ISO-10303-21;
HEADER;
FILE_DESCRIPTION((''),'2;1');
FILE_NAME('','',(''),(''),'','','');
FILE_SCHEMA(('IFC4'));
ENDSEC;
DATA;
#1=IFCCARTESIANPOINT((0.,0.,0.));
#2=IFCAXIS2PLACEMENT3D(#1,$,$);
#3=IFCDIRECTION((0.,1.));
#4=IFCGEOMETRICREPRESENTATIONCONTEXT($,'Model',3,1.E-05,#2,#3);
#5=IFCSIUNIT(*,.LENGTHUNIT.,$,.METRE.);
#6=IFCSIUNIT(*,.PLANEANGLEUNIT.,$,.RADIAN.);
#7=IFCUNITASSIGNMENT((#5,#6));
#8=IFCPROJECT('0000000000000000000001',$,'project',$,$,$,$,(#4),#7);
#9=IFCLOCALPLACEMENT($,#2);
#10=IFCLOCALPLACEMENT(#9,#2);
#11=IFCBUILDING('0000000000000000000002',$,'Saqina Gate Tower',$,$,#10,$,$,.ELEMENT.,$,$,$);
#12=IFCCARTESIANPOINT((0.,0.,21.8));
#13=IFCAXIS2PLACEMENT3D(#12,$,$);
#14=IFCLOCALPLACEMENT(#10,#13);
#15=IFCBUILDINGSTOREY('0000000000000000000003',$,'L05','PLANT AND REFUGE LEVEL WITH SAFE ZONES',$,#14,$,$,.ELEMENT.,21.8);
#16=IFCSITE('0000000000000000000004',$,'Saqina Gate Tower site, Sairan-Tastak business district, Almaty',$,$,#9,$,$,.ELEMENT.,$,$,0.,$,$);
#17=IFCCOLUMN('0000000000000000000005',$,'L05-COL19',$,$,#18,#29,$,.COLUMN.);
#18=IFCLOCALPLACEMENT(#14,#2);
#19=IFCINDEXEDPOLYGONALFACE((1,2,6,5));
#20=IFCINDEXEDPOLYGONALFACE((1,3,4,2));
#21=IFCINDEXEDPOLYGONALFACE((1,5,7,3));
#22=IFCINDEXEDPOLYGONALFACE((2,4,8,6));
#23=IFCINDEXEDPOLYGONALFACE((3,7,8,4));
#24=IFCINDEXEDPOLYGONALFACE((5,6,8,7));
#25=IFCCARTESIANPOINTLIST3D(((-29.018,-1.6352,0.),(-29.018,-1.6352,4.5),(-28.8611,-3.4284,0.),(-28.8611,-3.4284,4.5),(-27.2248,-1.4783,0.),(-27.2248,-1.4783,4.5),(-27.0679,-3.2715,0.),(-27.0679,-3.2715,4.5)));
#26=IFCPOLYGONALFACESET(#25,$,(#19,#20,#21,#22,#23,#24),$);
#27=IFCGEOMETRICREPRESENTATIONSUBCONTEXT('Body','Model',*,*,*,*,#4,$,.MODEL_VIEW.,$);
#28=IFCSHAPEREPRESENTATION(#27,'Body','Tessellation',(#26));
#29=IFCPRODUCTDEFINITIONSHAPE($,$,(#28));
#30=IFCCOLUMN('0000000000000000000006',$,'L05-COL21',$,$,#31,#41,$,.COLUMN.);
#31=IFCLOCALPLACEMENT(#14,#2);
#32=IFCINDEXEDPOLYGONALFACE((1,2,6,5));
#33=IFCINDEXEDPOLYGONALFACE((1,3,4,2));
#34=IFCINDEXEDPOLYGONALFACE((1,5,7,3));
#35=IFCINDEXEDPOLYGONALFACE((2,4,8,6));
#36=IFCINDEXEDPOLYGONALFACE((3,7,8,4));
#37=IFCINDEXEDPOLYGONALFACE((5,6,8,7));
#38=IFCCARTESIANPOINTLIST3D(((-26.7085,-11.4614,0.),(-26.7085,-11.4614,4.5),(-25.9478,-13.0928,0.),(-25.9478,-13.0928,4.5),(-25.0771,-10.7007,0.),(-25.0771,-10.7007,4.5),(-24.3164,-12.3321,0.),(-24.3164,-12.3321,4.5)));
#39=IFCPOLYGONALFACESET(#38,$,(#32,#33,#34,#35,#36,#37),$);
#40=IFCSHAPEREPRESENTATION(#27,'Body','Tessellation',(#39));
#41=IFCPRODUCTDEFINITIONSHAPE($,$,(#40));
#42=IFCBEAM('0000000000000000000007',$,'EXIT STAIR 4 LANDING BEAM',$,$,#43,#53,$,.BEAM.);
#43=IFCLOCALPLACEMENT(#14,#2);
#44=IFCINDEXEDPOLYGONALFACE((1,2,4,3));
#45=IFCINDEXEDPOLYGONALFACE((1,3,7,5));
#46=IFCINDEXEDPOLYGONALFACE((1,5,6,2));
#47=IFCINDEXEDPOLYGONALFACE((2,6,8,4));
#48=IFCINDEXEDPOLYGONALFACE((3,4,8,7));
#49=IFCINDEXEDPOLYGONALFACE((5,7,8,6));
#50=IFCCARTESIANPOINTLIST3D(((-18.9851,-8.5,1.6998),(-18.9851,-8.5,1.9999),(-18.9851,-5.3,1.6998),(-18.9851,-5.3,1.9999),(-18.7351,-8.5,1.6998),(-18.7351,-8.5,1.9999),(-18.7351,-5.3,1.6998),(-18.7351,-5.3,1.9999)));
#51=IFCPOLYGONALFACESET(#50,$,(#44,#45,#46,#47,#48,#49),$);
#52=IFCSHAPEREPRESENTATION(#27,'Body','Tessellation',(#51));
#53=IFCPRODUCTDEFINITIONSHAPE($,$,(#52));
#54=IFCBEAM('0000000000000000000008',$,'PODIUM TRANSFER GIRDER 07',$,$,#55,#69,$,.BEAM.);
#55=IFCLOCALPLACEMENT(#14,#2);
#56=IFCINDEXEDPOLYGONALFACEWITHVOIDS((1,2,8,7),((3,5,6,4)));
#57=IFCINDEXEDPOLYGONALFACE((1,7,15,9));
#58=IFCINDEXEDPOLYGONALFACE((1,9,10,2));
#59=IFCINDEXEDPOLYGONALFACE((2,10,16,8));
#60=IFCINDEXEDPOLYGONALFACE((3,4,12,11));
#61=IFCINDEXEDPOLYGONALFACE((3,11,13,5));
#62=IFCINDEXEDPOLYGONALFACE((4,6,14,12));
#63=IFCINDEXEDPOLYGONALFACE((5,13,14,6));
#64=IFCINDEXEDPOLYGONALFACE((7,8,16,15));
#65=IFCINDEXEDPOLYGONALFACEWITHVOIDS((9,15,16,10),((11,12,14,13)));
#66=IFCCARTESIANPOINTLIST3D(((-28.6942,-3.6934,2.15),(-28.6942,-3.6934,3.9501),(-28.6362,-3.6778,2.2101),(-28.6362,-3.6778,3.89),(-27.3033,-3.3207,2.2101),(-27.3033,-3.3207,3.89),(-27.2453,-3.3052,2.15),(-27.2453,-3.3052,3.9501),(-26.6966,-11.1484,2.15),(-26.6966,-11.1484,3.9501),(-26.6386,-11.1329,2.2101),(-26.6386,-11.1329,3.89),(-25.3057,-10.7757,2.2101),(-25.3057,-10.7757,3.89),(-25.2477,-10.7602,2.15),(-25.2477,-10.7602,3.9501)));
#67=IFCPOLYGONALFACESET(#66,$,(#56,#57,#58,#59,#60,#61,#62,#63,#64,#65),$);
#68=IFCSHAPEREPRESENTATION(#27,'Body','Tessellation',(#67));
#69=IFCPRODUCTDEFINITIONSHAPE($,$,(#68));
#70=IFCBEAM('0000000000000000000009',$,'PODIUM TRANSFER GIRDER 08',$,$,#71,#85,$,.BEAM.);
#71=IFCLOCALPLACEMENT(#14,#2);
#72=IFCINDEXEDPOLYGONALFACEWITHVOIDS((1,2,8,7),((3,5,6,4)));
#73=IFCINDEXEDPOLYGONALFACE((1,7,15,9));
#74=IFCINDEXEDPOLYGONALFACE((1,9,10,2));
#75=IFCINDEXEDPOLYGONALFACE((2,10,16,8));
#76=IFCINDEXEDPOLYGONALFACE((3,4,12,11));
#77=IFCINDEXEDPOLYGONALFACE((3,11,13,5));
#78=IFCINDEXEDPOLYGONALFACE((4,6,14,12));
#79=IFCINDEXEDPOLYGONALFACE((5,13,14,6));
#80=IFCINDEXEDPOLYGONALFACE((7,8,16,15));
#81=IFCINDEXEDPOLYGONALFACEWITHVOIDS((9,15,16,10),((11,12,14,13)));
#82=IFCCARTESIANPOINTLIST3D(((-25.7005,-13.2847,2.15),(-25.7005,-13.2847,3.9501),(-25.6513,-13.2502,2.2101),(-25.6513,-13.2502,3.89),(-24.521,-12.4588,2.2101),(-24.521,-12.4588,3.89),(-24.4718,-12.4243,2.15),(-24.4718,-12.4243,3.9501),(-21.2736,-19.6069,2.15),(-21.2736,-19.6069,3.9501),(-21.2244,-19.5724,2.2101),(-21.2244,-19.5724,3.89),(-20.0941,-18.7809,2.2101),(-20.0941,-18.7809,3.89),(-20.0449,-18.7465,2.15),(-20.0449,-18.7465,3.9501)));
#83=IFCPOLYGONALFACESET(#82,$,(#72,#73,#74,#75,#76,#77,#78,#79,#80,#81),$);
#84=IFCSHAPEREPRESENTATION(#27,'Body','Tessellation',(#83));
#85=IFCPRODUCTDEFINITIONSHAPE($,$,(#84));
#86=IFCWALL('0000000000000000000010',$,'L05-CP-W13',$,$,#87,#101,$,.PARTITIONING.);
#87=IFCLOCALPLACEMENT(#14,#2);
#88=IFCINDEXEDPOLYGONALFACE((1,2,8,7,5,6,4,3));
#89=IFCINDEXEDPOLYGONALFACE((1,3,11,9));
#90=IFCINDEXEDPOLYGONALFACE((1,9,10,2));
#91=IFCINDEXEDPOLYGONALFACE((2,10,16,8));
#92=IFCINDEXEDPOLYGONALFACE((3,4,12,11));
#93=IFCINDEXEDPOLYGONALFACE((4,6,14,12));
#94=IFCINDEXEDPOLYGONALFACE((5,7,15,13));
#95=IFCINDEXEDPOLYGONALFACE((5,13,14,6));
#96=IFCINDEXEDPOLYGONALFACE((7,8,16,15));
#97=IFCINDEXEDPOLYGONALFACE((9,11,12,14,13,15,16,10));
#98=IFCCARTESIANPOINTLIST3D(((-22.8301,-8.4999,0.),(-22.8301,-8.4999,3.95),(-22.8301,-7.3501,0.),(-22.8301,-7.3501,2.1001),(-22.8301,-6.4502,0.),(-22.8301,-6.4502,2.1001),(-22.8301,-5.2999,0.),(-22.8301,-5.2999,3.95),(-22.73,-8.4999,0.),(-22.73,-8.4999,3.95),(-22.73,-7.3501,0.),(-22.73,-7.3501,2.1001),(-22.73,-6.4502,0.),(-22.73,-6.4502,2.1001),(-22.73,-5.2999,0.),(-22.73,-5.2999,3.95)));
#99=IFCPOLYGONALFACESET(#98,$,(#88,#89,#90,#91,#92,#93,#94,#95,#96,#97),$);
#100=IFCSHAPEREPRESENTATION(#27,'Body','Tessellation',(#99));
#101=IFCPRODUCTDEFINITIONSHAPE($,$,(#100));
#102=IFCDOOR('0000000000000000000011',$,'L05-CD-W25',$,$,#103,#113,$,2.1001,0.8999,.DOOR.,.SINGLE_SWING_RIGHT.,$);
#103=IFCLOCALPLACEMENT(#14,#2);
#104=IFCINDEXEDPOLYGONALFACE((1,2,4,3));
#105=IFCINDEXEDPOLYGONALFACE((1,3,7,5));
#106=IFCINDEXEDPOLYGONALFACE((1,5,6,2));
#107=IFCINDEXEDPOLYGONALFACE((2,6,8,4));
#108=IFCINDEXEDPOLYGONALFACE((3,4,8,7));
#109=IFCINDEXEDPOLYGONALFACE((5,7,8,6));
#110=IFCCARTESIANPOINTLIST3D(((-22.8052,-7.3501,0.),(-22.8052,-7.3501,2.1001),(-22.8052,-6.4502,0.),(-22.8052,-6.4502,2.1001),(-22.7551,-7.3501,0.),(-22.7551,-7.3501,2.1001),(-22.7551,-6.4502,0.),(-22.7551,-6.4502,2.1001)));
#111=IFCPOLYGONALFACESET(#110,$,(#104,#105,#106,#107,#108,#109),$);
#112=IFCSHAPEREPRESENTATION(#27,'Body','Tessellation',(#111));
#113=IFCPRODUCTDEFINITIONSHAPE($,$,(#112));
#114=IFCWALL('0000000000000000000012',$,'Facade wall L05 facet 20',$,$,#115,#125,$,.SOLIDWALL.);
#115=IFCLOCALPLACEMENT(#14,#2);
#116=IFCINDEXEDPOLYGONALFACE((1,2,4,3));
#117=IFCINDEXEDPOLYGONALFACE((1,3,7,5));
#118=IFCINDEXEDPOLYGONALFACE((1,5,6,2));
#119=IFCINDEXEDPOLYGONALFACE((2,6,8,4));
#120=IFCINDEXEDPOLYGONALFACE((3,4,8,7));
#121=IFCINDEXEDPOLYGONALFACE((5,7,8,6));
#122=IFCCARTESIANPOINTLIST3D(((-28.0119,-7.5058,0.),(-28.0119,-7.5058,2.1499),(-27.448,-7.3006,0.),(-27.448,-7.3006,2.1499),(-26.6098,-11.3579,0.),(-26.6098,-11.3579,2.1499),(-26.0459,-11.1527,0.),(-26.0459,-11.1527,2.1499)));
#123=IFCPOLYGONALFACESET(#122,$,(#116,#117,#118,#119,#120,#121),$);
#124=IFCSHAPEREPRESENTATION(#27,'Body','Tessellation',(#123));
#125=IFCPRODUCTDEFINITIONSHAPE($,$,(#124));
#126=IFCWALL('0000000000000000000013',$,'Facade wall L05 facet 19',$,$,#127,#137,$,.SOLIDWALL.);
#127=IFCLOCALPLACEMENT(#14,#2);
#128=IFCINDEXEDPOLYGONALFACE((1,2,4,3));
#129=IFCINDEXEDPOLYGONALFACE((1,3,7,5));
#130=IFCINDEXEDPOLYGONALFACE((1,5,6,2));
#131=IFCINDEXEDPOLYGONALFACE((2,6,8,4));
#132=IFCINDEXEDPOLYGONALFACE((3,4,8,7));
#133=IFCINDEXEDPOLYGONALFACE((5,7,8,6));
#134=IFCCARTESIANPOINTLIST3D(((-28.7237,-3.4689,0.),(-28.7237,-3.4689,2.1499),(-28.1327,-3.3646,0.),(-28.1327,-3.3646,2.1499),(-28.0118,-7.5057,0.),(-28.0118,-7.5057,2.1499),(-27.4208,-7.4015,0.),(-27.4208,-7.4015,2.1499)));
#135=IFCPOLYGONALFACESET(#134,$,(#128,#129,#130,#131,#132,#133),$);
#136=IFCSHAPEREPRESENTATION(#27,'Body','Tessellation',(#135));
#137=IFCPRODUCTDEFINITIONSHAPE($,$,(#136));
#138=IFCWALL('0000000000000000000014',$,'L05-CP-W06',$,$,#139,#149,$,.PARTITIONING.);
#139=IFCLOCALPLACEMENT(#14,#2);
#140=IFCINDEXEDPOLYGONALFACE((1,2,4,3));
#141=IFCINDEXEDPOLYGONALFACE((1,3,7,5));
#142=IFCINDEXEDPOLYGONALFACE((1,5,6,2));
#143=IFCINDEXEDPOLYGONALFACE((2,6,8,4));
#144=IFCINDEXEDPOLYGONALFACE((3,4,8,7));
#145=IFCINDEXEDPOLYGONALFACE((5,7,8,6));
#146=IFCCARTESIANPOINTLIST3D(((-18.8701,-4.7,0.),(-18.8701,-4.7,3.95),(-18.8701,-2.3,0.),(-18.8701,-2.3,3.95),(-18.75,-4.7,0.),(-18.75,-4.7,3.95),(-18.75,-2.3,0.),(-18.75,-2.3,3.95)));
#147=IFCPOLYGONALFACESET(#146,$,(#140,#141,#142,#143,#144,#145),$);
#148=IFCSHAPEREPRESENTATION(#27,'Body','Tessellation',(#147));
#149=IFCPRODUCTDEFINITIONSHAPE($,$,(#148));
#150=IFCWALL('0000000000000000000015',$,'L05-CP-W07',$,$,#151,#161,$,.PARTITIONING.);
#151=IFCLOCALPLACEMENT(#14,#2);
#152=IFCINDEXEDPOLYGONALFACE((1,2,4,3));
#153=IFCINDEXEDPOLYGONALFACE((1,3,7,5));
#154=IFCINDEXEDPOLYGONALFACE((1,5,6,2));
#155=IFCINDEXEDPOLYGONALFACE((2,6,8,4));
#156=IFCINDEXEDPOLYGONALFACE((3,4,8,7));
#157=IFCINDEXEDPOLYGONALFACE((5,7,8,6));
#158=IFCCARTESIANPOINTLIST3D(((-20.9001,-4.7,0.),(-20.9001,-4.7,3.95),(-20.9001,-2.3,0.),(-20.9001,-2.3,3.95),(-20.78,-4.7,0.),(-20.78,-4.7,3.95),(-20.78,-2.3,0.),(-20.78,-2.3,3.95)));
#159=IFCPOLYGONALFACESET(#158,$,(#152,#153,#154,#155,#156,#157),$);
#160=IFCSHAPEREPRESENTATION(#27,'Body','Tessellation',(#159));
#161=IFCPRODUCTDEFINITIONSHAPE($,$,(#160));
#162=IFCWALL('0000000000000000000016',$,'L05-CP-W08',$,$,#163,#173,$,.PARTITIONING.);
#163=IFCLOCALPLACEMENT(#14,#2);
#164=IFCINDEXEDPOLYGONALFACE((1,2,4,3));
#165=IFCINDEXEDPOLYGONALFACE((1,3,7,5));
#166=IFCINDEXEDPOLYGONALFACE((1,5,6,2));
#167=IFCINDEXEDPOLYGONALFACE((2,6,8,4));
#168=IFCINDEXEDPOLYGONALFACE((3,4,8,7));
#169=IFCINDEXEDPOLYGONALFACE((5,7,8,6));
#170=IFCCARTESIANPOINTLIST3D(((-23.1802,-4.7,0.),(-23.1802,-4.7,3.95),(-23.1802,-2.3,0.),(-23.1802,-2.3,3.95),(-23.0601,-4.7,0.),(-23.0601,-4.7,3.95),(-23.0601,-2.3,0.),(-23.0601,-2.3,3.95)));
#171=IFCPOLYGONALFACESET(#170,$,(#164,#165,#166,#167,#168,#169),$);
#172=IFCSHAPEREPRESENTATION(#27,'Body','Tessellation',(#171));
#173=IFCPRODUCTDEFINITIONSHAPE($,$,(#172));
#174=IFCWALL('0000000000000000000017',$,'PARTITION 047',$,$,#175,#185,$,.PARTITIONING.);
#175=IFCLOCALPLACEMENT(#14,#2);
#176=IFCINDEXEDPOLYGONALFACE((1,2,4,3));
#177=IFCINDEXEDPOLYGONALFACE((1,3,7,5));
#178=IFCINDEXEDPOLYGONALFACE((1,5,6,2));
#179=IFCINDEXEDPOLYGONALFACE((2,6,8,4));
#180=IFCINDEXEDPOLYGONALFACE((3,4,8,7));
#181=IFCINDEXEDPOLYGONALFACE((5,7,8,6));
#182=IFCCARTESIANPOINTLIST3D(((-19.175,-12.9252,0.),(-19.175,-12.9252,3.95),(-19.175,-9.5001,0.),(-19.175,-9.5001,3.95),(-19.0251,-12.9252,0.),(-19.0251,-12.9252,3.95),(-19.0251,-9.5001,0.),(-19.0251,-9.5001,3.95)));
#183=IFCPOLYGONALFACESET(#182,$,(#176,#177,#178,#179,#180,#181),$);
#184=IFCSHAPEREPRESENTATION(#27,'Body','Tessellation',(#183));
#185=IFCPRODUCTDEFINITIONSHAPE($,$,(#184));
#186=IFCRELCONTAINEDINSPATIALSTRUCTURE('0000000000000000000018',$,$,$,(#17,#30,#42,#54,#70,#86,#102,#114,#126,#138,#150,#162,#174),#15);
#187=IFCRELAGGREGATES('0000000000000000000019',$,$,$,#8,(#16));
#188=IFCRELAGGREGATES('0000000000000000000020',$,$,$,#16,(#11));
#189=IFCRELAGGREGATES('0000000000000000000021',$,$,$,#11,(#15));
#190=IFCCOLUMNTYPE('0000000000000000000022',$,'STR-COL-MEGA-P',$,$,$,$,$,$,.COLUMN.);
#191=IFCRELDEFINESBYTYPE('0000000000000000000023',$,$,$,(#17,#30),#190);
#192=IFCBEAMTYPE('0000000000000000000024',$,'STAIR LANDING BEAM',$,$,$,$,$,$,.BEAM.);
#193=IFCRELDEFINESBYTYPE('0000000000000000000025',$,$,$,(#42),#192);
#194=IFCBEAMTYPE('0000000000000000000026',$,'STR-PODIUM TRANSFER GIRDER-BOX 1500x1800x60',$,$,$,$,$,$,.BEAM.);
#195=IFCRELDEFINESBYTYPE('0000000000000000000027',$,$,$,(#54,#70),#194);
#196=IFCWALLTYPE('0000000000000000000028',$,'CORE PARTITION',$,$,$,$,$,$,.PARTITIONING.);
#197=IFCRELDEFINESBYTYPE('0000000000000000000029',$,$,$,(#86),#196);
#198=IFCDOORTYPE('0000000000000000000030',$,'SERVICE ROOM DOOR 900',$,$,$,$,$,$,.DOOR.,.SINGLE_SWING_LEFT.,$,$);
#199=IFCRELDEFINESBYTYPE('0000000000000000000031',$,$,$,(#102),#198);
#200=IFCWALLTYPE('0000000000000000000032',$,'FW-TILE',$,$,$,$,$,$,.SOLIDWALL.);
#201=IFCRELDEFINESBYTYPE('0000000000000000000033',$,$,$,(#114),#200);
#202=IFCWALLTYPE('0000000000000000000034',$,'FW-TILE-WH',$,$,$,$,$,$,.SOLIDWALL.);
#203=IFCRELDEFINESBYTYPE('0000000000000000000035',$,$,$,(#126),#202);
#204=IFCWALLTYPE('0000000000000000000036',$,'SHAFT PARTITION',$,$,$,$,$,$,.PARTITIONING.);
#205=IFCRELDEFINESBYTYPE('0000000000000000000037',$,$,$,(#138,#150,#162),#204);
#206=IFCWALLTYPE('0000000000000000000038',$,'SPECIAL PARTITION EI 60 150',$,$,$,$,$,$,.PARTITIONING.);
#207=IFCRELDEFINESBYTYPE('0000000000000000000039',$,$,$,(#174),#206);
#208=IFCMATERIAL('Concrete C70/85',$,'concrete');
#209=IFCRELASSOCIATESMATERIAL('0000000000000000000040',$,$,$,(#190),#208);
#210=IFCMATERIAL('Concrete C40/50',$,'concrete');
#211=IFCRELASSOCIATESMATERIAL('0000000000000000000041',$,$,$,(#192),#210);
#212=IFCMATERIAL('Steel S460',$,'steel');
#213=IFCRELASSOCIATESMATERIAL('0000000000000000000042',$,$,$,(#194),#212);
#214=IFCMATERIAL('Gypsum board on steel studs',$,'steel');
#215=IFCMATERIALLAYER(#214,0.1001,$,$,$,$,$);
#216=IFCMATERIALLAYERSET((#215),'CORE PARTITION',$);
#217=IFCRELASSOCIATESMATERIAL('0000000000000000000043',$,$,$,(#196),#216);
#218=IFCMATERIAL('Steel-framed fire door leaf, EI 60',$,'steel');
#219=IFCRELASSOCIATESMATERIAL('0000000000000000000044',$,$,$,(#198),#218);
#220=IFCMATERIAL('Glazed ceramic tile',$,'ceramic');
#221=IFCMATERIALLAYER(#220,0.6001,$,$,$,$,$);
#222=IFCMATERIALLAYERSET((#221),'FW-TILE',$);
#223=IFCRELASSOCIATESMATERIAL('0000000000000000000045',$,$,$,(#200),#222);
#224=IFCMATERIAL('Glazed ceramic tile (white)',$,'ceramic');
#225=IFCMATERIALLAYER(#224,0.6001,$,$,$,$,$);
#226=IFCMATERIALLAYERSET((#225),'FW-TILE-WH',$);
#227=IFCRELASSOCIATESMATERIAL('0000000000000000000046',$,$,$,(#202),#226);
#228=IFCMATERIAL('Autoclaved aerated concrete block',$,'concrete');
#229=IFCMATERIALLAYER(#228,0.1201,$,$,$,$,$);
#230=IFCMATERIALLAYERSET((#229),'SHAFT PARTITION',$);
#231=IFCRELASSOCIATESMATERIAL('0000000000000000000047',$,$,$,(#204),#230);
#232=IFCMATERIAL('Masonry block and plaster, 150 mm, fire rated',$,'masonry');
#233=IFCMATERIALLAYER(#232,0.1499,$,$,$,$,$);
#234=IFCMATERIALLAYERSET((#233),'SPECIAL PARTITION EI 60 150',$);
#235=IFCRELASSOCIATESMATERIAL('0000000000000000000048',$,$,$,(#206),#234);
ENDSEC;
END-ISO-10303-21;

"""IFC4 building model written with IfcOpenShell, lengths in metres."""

from ifc_helpers import new_model, si_unit, direction, frame, frame_2d, origin, origin_2d, place, context, subcontext, project, spatial, rectangle, hollow_rectangle, extrude, material, layer, layer_set, material_profile, profile_set, type_object, element, fill, save


model = new_model("IFC4")

# Units and contexts
model_context = context("Model", 3, precision=1e-05, world=origin(), true_north=direction((0.0, 1.0)))
body_context = subcontext(model_context, "Body", "Model", "MODEL_VIEW")
ifc_project = project(units=[si_unit("LENGTHUNIT", "METRE"), si_unit("PLANEANGLEUNIT", "RADIAN")], contexts=[model_context])

# Site, building, storey
site_placement = place(None, origin())
site = spatial("IfcSite", under=ifc_project, at=site_placement, Name="Saqina Gate Tower site, Sairan-Tastak business district, Almaty", CompositionType="ELEMENT", RefElevation=0.0)
building_placement = place(site_placement, origin())
building = spatial("IfcBuilding", under=site, at=building_placement, Name="Saqina Gate Tower", CompositionType="ELEMENT")
storey_placement = place(building_placement, frame((0.0, 0.0, 21.8)))
storey = spatial("IfcBuildingStorey", under=building, at=storey_placement, Name="L05", Description="PLANT AND REFUGE LEVEL WITH SAFE ZONES", CompositionType="ELEMENT", Elevation=21.8)

# Columns
ifc_material_1 = material(Name="Concrete C70/85", Category="concrete")
ifc_material_profile_1 = material_profile(ifc_material_1, rectangle(XDim=1.8, YDim=1.8, at=origin_2d()), Name="RC 1800x1800")
ifc_profile_set_1 = profile_set([ifc_material_profile_1], Name="Concrete C70/85")
column_type = type_object("IfcColumnType", Name="STR-COL-MEGA-P", PredefinedType="COLUMN", material=ifc_profile_set_1)
for number, where, z_axis, x_axis, name in (
    (1, (-28.043, -2.4534, 0.0), (0.0, 0.0, 1.0), (-0.996195, -0.087156, 0.0), "L05-COL19"),
    (2, (-25.5125, -11.8967, 0.0), (0.0, 0.0, 1.0), (-0.906308, -0.422618, 0.0), "L05-COL21"),
):
    element("IfcColumn", number, at=place(storey_placement, frame(where, z_axis=z_axis, x_axis=x_axis)), inside=storey, type_object=column_type, Name=name, PredefinedType="COLUMN", context=body_context, shape_type="SweptSolid", body=[
        extrude(rectangle(XDim=1.8, YDim=1.8, at=origin_2d()), origin(), (0.0, 0.0, 1.0), 4.5),
    ])

# Beams
ifc_material_2 = material(Name="Concrete C40/50", Category="concrete")
ifc_material_profile_2 = material_profile(ifc_material_2, rectangle(XDim=0.25, YDim=0.3, at=origin_2d()), Name="STAIR LANDING BEAM")
ifc_profile_set_2 = profile_set([ifc_material_profile_2], Name="Concrete C40/50")
beam_type_1 = type_object("IfcBeamType", Name="STAIR LANDING BEAM", PredefinedType="BEAM", material=ifc_profile_set_2)
beam_placement = place(storey_placement, frame((-18.8601, -8.5, 1.8499), z_axis=(0.0, 1.0, 0.0), x_axis=(-1.0, 0.0, 0.0)))
element("IfcBeam", 3, at=beam_placement, inside=storey, type_object=beam_type_1, Name="EXIT STAIR 4 LANDING BEAM", PredefinedType="BEAM", context=body_context, shape_type="SweptSolid", body=[
    extrude(rectangle(XDim=0.25, YDim=0.3, at=origin_2d()), origin(), (0.0, 0.0, 1.0), 3.2),
])
ifc_material_3 = material(Name="Steel S460", Category="steel")
ifc_material_profile_3 = material_profile(ifc_material_3, hollow_rectangle(XDim=1.5, YDim=1.8, WallThickness=0.0601, at=origin_2d()), Name="BOX 1500x1800x60")
ifc_profile_set_3 = profile_set([ifc_material_profile_3], Name="Steel S460")
beam_type_2 = type_object("IfcBeamType", Name="STR-PODIUM TRANSFER GIRDER-BOX 1500x1800x60", PredefinedType="BEAM", material=ifc_profile_set_3)
for number, where, z_axis, x_axis, name in (
    (4, (-27.9697, -3.4993, 3.05), (0.258816, -0.965927, 0.0), (0.965927, 0.258816, 0.0), "PODIUM TRANSFER GIRDER 07"),
    (5, (-25.0862, -12.8545, 3.05), (0.573585, -0.819146, 0.0), (0.819146, 0.573585, 0.0), "PODIUM TRANSFER GIRDER 08"),
):
    element("IfcBeam", number, at=place(storey_placement, frame(where, z_axis=z_axis, x_axis=x_axis)), inside=storey, type_object=beam_type_2, Name=name, PredefinedType="BEAM", context=body_context, shape_type="SweptSolid", body=[
        extrude(hollow_rectangle(XDim=1.5, YDim=1.8, WallThickness=0.0601, at=origin_2d()), origin(), (0.0, 0.0, 1.0), 7.718),
    ])

# Wall, opening, door
ifc_material_4 = material(Name="Gypsum board on steel studs", Category="steel")
ifc_layer_1 = layer(ifc_material_4, 0.1001)
ifc_layer_set_1 = layer_set([ifc_layer_1], Name="CORE PARTITION")
wall_type_1 = type_object("IfcWallType", Name="CORE PARTITION", PredefinedType="PARTITIONING", material=ifc_layer_set_1)
wall_1_placement = place(storey_placement, frame((-22.78, -8.5, 0.0), z_axis=(0.0, 0.0, 1.0), x_axis=(0.0, 1.0, 0.0)))
wall_1 = element("IfcWall", 6, at=wall_1_placement, inside=storey, type_object=wall_type_1, Name="L05-CP-W13", PredefinedType="PARTITIONING", context=body_context, shape_type="SweptSolid", body=[
    extrude(rectangle(XDim=3.2, YDim=0.1001, at=frame_2d((1.6001, 0.0))), origin(), (0.0, 0.0, 1.0), 3.95),
])
opening_placement = place(wall_1_placement, frame((1.1499, 0.0, 0.0)))
opening = element("IfcOpeningElement", 7, at=opening_placement, cuts=wall_1, PredefinedType="OPENING", context=body_context, shape_type="SweptSolid", body=[
    extrude(rectangle(XDim=0.8999, YDim=2.1001, at=frame_2d((0.45, 1.05))), frame((0.0, 0.062, 0.0), z_axis=(0.0, -1.0, 0.0), x_axis=(1.0, 0.0, 0.0)), (0.0, 0.0, 1.0), 0.124),
])
ifc_material_5 = material(Name="Steel-framed fire door leaf, EI 60", Category="steel")
door_type = type_object("IfcDoorType", Name="SERVICE ROOM DOOR 900", OperationType="SINGLE_SWING_LEFT", PredefinedType="DOOR", material=ifc_material_5)
door_placement = place(opening_placement, frame((0.8999, 0.0, 0.0), z_axis=(0.0, 0.0, 1.0), x_axis=(-1.0, 0.0, 0.0)))
door = element("IfcDoor", 8, at=door_placement, inside=storey, type_object=door_type, Name="L05-CD-W25", OperationType="SINGLE_SWING_RIGHT", OverallHeight=2.1001, OverallWidth=0.8999, PredefinedType="DOOR", context=body_context, shape_type="SweptSolid", body=[
    extrude(rectangle(XDim=0.8999, YDim=2.1001, at=frame_2d((0.45, 1.05))), frame((0.0, 0.0249, 0.0), z_axis=(0.0, -1.0, 0.0), x_axis=(1.0, 0.0, 0.0)), (0.0, 0.0, 1.0), 0.05),
])
fill(opening, door)

# Walls
ifc_material_6 = material(Name="Glazed ceramic tile", Category="ceramic")
ifc_layer_2 = layer(ifc_material_6, 0.6001)
ifc_layer_set_2 = layer_set([ifc_layer_2], Name="FW-TILE")
wall_type_2 = type_object("IfcWallType", Name="FW-TILE", PredefinedType="SOLIDWALL", material=ifc_layer_set_2)
wall_2_placement = place(storey_placement, frame((-27.73, -7.4031, 0.0), z_axis=(0.0, 0.0, 1.0), x_axis=(0.342035, -0.939687, 0.0)))
element("IfcWall", 9, at=wall_2_placement, inside=storey, type_object=wall_type_2, Name="Facade wall L05 facet 20", PredefinedType="SOLIDWALL", context=body_context, shape_type="SweptSolid", body=[
    extrude(rectangle(XDim=4.0994, YDim=0.6001, at=frame_2d((2.0498, 0.0))), origin(), (0.0, 0.0, 1.0), 2.1499),
])
ifc_material_7 = material(Name="Glazed ceramic tile (white)", Category="ceramic")
ifc_layer_3 = layer(ifc_material_7, 0.6001)
ifc_layer_set_3 = layer_set([ifc_layer_3], Name="FW-TILE-WH")
wall_type_3 = type_object("IfcWallType", Name="FW-TILE-WH", PredefinedType="SOLIDWALL", material=ifc_layer_set_3)
wall_3_placement = place(storey_placement, frame((-28.4282, -3.4167, 0.0), z_axis=(0.0, 0.0, 1.0), x_axis=(0.173673, -0.984803, 0.0)))
element("IfcWall", 10, at=wall_3_placement, inside=storey, type_object=wall_type_3, Name="Facade wall L05 facet 19", PredefinedType="SOLIDWALL", context=body_context, shape_type="SweptSolid", body=[
    extrude(rectangle(XDim=4.0991, YDim=0.6001, at=frame_2d((2.0496, 0.0))), origin(), (0.0, 0.0, 1.0), 2.1499),
])
ifc_material_8 = material(Name="Autoclaved aerated concrete block", Category="concrete")
ifc_layer_4 = layer(ifc_material_8, 0.1201)
ifc_layer_set_4 = layer_set([ifc_layer_4], Name="SHAFT PARTITION")
wall_type_4 = type_object("IfcWallType", Name="SHAFT PARTITION", PredefinedType="PARTITIONING", material=ifc_layer_set_4)
for number, where, z_axis, x_axis, name in (
    (11, (-18.8101, -4.7, 0.0), (0.0, 0.0, 1.0), (0.0, 1.0, 0.0), "L05-CP-W06"),
    (12, (-20.8401, -4.7, 0.0), (0.0, 0.0, 1.0), (0.0, 1.0, 0.0), "L05-CP-W07"),
    (13, (-23.1201, -4.7, 0.0), (0.0, 0.0, 1.0), (0.0, 1.0, 0.0), "L05-CP-W08"),
):
    element("IfcWall", number, at=place(storey_placement, frame(where, z_axis=z_axis, x_axis=x_axis)), inside=storey, type_object=wall_type_4, Name=name, PredefinedType="PARTITIONING", context=body_context, shape_type="SweptSolid", body=[
        extrude(rectangle(XDim=2.3999, YDim=0.1201, at=frame_2d((1.2, 0.0))), origin(), (0.0, 0.0, 1.0), 3.95),
    ])
ifc_material_9 = material(Name="Masonry block and plaster, 150 mm, fire rated", Category="masonry")
ifc_layer_5 = layer(ifc_material_9, 0.1499)
ifc_layer_set_5 = layer_set([ifc_layer_5], Name="SPECIAL PARTITION EI 60 150")
wall_type_5 = type_object("IfcWallType", Name="SPECIAL PARTITION EI 60 150", PredefinedType="PARTITIONING", material=ifc_layer_set_5)
wall_4_placement = place(storey_placement, frame((-19.1001, -12.925, 0.0), z_axis=(0.0, 0.0, 1.0), x_axis=(0.0, 1.0, 0.0)))
element("IfcWall", 14, at=wall_4_placement, inside=storey, type_object=wall_type_5, Name="PARTITION 047", PredefinedType="PARTITIONING", context=body_context, shape_type="SweptSolid", body=[
    extrude(rectangle(XDim=3.425, YDim=0.1499, at=frame_2d((1.7124, 0.0))), origin(), (0.0, 0.0, 1.0), 3.95),
])

save(model, "model.ifc")
